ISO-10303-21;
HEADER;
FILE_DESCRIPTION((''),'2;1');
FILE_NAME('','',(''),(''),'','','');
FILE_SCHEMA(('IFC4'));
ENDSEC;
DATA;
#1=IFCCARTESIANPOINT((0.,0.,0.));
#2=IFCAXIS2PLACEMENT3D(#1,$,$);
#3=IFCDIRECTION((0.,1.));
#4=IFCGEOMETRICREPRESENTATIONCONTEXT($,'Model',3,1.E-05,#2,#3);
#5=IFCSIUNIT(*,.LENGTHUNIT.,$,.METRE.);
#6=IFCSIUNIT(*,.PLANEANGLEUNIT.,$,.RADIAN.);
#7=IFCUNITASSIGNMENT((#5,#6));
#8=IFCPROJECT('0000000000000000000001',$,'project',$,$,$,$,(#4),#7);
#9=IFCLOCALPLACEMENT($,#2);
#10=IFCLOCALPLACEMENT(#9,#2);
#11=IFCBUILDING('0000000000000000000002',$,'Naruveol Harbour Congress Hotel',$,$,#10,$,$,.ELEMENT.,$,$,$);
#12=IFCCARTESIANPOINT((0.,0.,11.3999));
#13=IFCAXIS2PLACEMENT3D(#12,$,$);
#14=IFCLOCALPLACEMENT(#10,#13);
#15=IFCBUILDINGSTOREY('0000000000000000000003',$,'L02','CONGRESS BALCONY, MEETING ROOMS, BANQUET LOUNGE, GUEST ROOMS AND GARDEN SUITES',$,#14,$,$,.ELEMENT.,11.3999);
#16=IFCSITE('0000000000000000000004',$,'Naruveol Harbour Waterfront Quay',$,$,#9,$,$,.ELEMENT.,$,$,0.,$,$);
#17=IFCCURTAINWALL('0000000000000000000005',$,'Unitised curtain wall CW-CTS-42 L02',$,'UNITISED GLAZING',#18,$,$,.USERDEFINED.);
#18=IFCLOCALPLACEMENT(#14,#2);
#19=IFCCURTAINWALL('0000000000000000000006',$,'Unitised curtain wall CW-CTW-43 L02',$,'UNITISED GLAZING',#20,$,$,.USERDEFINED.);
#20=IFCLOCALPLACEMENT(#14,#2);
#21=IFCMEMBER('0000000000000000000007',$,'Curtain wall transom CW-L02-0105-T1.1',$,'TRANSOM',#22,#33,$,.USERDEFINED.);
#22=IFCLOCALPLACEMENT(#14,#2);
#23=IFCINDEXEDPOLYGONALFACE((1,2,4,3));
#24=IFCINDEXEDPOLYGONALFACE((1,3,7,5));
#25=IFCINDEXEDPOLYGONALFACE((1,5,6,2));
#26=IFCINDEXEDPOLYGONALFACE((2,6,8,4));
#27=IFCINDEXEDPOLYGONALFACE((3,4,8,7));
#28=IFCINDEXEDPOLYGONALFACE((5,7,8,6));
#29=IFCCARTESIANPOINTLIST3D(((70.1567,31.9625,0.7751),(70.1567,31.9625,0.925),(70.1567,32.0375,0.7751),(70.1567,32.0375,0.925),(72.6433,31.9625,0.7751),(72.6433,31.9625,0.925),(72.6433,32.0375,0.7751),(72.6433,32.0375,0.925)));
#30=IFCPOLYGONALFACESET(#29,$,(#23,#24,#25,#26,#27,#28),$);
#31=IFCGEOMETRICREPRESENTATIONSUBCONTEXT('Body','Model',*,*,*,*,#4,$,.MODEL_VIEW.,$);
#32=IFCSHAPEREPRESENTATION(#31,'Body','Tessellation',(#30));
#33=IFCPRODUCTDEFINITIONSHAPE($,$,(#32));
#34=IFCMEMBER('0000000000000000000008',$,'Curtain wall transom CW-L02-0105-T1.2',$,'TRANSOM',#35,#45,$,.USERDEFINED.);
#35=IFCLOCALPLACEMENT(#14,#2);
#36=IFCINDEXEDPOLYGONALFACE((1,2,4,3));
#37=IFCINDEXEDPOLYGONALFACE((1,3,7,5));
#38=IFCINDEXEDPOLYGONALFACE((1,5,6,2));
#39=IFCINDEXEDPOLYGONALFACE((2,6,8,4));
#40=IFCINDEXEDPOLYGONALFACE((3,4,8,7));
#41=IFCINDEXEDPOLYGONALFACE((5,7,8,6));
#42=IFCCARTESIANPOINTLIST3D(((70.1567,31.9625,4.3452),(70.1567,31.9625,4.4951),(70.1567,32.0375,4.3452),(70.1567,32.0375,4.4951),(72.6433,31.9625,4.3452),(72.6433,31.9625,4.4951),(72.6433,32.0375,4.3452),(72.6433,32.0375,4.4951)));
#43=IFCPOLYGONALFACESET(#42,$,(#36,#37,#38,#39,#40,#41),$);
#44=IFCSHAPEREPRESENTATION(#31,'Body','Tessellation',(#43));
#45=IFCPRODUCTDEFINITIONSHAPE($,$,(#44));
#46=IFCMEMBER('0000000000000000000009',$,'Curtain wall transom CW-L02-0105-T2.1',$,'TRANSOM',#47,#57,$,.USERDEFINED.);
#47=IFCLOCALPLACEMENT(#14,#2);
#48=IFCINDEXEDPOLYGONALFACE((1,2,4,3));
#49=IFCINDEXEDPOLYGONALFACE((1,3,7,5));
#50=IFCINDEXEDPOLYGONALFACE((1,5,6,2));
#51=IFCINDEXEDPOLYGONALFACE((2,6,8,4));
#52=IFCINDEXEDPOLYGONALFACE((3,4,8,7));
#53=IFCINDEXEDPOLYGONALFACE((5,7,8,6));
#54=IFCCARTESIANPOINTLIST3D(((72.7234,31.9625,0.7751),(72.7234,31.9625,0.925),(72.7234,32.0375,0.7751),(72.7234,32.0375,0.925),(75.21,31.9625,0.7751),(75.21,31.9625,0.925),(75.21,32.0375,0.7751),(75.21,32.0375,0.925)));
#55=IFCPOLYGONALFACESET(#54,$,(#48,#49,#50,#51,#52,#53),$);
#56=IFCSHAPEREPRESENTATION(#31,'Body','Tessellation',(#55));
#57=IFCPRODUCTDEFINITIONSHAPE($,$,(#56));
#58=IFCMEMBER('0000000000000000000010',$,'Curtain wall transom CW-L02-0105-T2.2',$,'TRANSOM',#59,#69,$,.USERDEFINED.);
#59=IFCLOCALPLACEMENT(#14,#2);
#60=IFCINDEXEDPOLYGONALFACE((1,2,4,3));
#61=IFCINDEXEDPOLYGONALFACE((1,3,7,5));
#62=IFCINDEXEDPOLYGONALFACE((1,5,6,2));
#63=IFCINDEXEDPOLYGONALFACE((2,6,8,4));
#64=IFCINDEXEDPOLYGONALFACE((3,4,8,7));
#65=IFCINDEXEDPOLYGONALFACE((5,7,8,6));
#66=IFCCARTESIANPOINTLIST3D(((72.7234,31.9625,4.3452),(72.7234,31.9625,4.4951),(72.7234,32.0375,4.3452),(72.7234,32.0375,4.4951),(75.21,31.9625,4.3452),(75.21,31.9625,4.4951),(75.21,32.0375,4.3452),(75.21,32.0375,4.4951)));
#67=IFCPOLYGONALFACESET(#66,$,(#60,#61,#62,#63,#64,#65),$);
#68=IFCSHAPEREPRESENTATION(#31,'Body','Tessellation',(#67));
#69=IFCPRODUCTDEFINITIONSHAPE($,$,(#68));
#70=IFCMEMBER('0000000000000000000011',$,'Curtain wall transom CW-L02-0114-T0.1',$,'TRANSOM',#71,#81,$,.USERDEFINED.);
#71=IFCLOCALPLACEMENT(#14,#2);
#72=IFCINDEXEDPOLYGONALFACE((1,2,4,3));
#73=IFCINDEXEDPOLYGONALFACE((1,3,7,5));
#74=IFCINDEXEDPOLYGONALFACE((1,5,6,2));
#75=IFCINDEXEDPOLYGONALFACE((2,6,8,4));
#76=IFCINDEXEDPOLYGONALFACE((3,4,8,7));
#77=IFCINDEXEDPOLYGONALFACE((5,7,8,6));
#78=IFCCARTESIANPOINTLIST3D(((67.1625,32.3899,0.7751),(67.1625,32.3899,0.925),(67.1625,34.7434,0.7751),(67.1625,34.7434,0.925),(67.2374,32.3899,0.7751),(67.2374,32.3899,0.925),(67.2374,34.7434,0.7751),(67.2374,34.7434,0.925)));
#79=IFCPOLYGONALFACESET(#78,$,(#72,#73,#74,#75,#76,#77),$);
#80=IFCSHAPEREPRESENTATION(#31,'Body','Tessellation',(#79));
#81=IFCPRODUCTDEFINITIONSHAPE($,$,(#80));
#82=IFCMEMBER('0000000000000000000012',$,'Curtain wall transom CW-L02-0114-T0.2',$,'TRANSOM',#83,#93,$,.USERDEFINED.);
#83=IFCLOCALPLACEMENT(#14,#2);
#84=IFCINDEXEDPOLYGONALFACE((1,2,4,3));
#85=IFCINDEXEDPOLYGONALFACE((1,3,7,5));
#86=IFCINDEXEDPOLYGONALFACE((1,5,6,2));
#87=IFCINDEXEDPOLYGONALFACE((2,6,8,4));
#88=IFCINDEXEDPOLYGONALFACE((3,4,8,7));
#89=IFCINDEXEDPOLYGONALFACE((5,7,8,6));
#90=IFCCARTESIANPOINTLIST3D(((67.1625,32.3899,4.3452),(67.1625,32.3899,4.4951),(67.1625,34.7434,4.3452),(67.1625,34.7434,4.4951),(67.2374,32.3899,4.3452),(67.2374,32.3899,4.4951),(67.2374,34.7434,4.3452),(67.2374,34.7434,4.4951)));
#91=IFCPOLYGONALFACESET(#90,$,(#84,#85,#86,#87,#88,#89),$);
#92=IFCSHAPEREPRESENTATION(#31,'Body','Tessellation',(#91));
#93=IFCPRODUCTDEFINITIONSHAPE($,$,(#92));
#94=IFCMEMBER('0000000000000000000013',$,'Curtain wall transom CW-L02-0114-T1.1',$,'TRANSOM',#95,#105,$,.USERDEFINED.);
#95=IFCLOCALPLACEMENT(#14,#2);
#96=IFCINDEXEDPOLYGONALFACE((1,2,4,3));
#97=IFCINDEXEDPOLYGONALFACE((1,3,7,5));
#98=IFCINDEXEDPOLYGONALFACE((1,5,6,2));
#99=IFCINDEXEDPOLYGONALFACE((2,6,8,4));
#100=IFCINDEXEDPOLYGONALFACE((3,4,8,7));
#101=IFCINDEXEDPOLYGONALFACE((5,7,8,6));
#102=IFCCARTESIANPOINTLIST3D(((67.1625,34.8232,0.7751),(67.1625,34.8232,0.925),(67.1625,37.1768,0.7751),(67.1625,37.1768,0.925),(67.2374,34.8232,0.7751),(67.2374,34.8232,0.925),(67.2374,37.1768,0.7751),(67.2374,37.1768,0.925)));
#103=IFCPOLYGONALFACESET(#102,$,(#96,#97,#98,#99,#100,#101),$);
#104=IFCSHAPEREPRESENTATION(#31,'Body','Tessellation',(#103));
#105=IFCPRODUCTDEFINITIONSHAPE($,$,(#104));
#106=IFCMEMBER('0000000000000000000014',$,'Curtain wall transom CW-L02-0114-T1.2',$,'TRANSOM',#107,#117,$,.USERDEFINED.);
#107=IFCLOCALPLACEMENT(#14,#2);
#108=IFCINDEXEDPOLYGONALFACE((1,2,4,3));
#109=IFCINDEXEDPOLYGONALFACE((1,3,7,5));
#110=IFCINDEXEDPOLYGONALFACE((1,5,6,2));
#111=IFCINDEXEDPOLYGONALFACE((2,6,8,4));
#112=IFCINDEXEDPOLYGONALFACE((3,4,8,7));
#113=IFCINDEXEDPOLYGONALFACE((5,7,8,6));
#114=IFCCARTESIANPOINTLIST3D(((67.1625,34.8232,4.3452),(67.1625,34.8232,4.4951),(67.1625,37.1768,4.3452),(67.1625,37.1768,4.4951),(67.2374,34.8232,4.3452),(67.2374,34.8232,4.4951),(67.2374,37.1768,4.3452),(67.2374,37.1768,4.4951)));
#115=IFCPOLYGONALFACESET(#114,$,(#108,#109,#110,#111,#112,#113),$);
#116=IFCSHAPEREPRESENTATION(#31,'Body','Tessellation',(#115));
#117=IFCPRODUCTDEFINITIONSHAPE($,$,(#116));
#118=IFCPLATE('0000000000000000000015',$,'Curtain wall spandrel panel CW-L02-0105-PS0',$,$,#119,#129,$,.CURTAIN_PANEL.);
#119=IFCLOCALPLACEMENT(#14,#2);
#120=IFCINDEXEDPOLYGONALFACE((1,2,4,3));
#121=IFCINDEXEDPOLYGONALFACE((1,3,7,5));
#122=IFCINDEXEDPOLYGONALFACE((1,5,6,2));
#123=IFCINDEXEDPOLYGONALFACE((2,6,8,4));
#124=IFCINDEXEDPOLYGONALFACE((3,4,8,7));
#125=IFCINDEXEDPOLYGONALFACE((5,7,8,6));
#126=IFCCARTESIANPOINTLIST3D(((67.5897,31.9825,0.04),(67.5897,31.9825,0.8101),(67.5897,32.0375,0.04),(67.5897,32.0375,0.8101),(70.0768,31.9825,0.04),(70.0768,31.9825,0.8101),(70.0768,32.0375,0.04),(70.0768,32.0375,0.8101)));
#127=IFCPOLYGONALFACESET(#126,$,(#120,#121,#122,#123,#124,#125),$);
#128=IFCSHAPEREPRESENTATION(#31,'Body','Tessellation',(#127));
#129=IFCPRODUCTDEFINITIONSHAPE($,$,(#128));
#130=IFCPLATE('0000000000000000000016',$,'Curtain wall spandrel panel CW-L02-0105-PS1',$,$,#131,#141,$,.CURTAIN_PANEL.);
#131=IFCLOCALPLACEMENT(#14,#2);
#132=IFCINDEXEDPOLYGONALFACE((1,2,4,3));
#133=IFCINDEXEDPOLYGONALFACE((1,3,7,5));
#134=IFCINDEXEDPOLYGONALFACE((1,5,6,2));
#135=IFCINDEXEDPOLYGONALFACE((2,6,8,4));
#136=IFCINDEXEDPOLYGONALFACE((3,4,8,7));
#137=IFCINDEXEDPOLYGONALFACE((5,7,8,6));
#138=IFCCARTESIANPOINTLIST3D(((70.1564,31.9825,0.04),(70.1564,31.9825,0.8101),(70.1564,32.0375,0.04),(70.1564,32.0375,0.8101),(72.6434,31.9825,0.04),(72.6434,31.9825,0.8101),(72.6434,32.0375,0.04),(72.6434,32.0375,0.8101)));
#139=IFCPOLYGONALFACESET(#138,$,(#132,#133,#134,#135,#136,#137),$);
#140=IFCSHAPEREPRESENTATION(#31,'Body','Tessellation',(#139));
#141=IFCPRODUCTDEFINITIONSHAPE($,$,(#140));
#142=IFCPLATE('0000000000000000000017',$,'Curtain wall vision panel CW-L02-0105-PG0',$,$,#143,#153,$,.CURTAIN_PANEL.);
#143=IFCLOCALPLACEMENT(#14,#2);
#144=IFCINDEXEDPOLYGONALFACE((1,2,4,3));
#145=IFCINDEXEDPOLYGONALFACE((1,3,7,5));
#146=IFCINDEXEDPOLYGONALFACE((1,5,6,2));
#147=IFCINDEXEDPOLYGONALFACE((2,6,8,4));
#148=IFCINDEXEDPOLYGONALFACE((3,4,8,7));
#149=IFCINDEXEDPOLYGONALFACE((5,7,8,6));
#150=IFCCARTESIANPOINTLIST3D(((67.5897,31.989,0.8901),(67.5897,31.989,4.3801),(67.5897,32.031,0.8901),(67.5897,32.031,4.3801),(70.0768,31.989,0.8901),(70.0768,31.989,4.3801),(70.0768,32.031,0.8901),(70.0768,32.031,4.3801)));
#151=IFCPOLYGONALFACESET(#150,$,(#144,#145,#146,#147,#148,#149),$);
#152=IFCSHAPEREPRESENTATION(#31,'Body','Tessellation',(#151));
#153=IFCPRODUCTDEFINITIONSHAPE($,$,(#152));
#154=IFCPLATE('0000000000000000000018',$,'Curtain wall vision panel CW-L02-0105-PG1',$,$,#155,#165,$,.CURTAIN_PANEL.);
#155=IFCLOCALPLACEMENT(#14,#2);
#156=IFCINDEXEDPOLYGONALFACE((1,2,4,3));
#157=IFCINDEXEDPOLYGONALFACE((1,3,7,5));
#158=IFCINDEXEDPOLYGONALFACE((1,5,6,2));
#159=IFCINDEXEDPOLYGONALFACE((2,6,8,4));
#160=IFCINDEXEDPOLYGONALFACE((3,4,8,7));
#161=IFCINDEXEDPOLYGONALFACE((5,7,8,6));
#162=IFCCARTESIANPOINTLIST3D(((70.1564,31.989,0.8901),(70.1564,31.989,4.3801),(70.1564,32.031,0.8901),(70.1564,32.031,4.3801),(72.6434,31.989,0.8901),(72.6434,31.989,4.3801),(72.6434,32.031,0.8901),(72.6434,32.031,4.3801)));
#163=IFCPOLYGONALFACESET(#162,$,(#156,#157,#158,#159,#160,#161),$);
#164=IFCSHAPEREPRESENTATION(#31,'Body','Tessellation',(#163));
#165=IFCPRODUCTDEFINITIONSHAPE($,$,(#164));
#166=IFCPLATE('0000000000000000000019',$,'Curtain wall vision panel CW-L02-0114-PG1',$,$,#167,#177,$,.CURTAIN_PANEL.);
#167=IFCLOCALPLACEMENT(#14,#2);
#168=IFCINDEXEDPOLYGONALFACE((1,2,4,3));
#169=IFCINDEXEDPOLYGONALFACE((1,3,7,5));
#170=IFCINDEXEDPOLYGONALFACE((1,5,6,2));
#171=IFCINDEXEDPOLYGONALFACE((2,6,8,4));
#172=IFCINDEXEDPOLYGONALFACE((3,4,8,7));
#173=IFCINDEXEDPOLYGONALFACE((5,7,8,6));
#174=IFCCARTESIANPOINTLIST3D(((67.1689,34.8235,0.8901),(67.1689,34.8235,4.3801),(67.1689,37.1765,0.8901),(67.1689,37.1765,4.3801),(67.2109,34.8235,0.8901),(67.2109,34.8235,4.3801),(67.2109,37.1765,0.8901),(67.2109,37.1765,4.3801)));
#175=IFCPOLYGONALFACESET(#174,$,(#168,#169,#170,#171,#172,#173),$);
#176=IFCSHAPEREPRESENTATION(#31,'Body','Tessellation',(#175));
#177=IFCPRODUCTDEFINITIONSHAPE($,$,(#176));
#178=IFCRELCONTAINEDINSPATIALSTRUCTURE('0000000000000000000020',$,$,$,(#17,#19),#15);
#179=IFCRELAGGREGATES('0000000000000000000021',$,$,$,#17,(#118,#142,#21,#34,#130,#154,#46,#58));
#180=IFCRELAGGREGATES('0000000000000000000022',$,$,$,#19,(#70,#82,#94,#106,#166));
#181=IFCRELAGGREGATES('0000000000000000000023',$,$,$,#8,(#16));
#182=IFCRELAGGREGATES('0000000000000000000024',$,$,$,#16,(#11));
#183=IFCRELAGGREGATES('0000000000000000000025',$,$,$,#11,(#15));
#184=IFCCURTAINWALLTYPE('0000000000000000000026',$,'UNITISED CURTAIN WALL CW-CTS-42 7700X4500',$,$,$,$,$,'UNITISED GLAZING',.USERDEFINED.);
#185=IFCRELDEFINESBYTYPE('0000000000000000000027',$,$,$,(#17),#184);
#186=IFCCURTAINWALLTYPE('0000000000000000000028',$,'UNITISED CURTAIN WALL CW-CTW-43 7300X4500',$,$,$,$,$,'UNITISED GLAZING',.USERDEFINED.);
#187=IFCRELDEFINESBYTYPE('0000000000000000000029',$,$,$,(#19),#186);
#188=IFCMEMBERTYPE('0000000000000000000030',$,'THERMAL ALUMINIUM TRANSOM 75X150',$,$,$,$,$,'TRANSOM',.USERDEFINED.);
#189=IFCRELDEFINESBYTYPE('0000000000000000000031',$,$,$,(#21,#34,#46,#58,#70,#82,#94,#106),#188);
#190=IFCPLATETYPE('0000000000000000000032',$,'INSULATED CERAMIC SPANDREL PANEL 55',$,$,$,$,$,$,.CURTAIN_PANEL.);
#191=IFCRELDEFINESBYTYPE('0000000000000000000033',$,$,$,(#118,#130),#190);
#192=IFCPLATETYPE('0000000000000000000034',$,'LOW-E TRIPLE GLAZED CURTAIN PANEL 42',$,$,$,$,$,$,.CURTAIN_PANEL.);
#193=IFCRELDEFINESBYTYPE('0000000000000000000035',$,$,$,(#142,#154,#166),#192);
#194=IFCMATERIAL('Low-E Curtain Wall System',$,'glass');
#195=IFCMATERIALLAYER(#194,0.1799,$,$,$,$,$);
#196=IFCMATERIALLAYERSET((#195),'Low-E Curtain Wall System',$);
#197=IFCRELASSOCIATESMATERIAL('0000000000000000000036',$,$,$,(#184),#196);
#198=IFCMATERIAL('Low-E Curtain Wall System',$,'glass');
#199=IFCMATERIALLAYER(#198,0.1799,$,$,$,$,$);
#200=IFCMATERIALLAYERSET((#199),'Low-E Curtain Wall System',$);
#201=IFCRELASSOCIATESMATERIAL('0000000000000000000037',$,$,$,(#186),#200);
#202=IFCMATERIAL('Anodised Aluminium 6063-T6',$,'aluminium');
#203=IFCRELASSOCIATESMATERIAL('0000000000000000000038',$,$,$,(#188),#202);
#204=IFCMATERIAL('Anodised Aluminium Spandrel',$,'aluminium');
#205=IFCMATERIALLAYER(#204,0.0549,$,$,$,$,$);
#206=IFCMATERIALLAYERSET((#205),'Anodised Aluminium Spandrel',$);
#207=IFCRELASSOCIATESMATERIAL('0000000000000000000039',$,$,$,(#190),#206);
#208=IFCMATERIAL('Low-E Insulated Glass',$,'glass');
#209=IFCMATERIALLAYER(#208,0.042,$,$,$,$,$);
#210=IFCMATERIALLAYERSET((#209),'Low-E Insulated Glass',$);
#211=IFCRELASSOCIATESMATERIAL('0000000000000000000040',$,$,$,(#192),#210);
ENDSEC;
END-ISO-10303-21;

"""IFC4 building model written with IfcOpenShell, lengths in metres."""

from ifc_helpers import new_model, si_unit, direction, frame, origin, origin_2d, place, context, subcontext, project, spatial, rectangle, extrude, material, layer, layer_set, material_profile, profile_set, type_object, element, aggregate, save


model = new_model("IFC4")

# Units and contexts
model_context = context("Model", 3, precision=1e-05, world=origin(), true_north=direction((0.0, 1.0)))
body_context = subcontext(model_context, "Body", "Model", "MODEL_VIEW")
ifc_project = project(units=[si_unit("LENGTHUNIT", "METRE"), si_unit("PLANEANGLEUNIT", "RADIAN")], contexts=[model_context])

# Site, building, storey
site_placement = place(None, origin())
site = spatial("IfcSite", under=ifc_project, at=site_placement, Name="Naruveol Harbour Waterfront Quay", CompositionType="ELEMENT", RefElevation=0.0)
building_placement = place(site_placement, origin())
building = spatial("IfcBuilding", under=site, at=building_placement, Name="Naruveol Harbour Congress Hotel", CompositionType="ELEMENT")
storey_placement = place(building_placement, frame((0.0, 0.0, 11.3999)))
storey = spatial("IfcBuildingStorey", under=building, at=storey_placement, Name="L02", Description="CONGRESS BALCONY, MEETING ROOMS, BANQUET LOUNGE, GUEST ROOMS AND GARDEN SUITES", CompositionType="ELEMENT", Elevation=11.3999)

# Curtain walls
ifc_material_1 = material(Name="Low-E Curtain Wall System", Category="glass")
ifc_layer_1 = layer(ifc_material_1, 0.1799)
ifc_layer_set_1 = layer_set([ifc_layer_1], Name="Low-E Curtain Wall System")
curtain_wall_type_1 = type_object("IfcCurtainWallType", Name="UNITISED CURTAIN WALL CW-CTS-42 7700X4500", ElementType="UNITISED GLAZING", PredefinedType="USERDEFINED", material=ifc_layer_set_1)
curtain_wall_1_placement = place(storey_placement, origin())
curtain_wall_1 = element("IfcCurtainWall", 1, at=curtain_wall_1_placement, inside=storey, type_object=curtain_wall_type_1, Name="Unitised curtain wall CW-CTS-42 L02", ObjectType="UNITISED GLAZING", PredefinedType="USERDEFINED")
ifc_material_2 = material(Name="Low-E Curtain Wall System", Category="glass")
ifc_layer_2 = layer(ifc_material_2, 0.1799)
ifc_layer_set_2 = layer_set([ifc_layer_2], Name="Low-E Curtain Wall System")
curtain_wall_type_2 = type_object("IfcCurtainWallType", Name="UNITISED CURTAIN WALL CW-CTW-43 7300X4500", ElementType="UNITISED GLAZING", PredefinedType="USERDEFINED", material=ifc_layer_set_2)
curtain_wall_2_placement = place(storey_placement, origin())
curtain_wall_2 = element("IfcCurtainWall", 2, at=curtain_wall_2_placement, inside=storey, type_object=curtain_wall_type_2, Name="Unitised curtain wall CW-CTW-43 L02", ObjectType="UNITISED GLAZING", PredefinedType="USERDEFINED")

# Members
ifc_material_3 = material(Name="Anodised Aluminium 6063-T6", Category="aluminium")
ifc_material_profile_1 = material_profile(ifc_material_3, rectangle(XDim=0.075, YDim=0.1499, at=origin_2d()), Name="ALU-75x150")
ifc_profile_set_1 = profile_set([ifc_material_profile_1], Name="Anodised Aluminium 6063-T6")
member_type_1 = type_object("IfcMemberType", Name="THERMAL ALUMINIUM TRANSOM 75X150", ElementType="TRANSOM", PredefinedType="USERDEFINED", material=ifc_profile_set_1)
member_1_placement = place(storey_placement, frame((70.1567, 32.0, 0.8501), z_axis=(1.0, 0.0, 0.0), x_axis=(0.0, 1.0, 0.0)))
member_1 = element("IfcMember", 3, at=member_1_placement, type_object=member_type_1, Name="Curtain wall transom CW-L02-0105-T1.1", ObjectType="TRANSOM", PredefinedType="USERDEFINED", context=body_context, shape_type="SweptSolid", body=[
    extrude(rectangle(XDim=0.075, YDim=0.1499, at=origin_2d()), origin(), (0.0, 0.0, 1.0), 2.4866),
])
member_2_placement = place(storey_placement, frame((70.1567, 32.0, 4.4202), z_axis=(1.0, 0.0, 0.0), x_axis=(0.0, 1.0, 0.0)))
member_2 = element("IfcMember", 4, at=member_2_placement, type_object=member_type_1, Name="Curtain wall transom CW-L02-0105-T1.2", ObjectType="TRANSOM", PredefinedType="USERDEFINED", context=body_context, shape_type="SweptSolid", body=[
    extrude(rectangle(XDim=0.075, YDim=0.1499, at=origin_2d()), origin(), (0.0, 0.0, 1.0), 2.4866),
])
member_3_placement = place(storey_placement, frame((72.7234, 32.0, 0.8501), z_axis=(1.0, 0.0, 0.0), x_axis=(0.0, 1.0, 0.0)))
member_3 = element("IfcMember", 5, at=member_3_placement, type_object=member_type_1, Name="Curtain wall transom CW-L02-0105-T2.1", ObjectType="TRANSOM", PredefinedType="USERDEFINED", context=body_context, shape_type="SweptSolid", body=[
    extrude(rectangle(XDim=0.075, YDim=0.1499, at=origin_2d()), origin(), (0.0, 0.0, 1.0), 2.4866),
])
member_4_placement = place(storey_placement, frame((72.7234, 32.0, 4.4202), z_axis=(1.0, 0.0, 0.0), x_axis=(0.0, 1.0, 0.0)))
member_4 = element("IfcMember", 6, at=member_4_placement, type_object=member_type_1, Name="Curtain wall transom CW-L02-0105-T2.2", ObjectType="TRANSOM", PredefinedType="USERDEFINED", context=body_context, shape_type="SweptSolid", body=[
    extrude(rectangle(XDim=0.075, YDim=0.1499, at=origin_2d()), origin(), (0.0, 0.0, 1.0), 2.4866),
])
member_5_placement = place(storey_placement, frame((67.2, 32.3899, 0.8501), z_axis=(0.0, 1.0, 0.0), x_axis=(-1.0, 0.0, 0.0)))
member_5 = element("IfcMember", 7, at=member_5_placement, type_object=member_type_1, Name="Curtain wall transom CW-L02-0114-T0.1", ObjectType="TRANSOM", PredefinedType="USERDEFINED", context=body_context, shape_type="SweptSolid", body=[
    extrude(rectangle(XDim=0.075, YDim=0.1499, at=origin_2d()), origin(), (0.0, 0.0, 1.0), 2.3535),
])
member_6_placement = place(storey_placement, frame((67.2, 32.3899, 4.4202), z_axis=(0.0, 1.0, 0.0), x_axis=(-1.0, 0.0, 0.0)))
member_6 = element("IfcMember", 8, at=member_6_placement, type_object=member_type_1, Name="Curtain wall transom CW-L02-0114-T0.2", ObjectType="TRANSOM", PredefinedType="USERDEFINED", context=body_context, shape_type="SweptSolid", body=[
    extrude(rectangle(XDim=0.075, YDim=0.1499, at=origin_2d()), origin(), (0.0, 0.0, 1.0), 2.3535),
])
member_7_placement = place(storey_placement, frame((67.2, 34.8232, 0.8501), z_axis=(0.0, 1.0, 0.0), x_axis=(-1.0, 0.0, 0.0)))
member_7 = element("IfcMember", 9, at=member_7_placement, type_object=member_type_1, Name="Curtain wall transom CW-L02-0114-T1.1", ObjectType="TRANSOM", PredefinedType="USERDEFINED", context=body_context, shape_type="SweptSolid", body=[
    extrude(rectangle(XDim=0.075, YDim=0.1499, at=origin_2d()), origin(), (0.0, 0.0, 1.0), 2.3535),
])
member_8_placement = place(storey_placement, frame((67.2, 34.8232, 4.4202), z_axis=(0.0, 1.0, 0.0), x_axis=(-1.0, 0.0, 0.0)))
member_8 = element("IfcMember", 10, at=member_8_placement, type_object=member_type_1, Name="Curtain wall transom CW-L02-0114-T1.2", ObjectType="TRANSOM", PredefinedType="USERDEFINED", context=body_context, shape_type="SweptSolid", body=[
    extrude(rectangle(XDim=0.075, YDim=0.1499, at=origin_2d()), origin(), (0.0, 0.0, 1.0), 2.3535),
])

# Plates
ifc_material_4 = material(Name="Anodised Aluminium Spandrel", Category="aluminium")
ifc_layer_3 = layer(ifc_material_4, 0.0549)
ifc_layer_set_3 = layer_set([ifc_layer_3], Name="Anodised Aluminium Spandrel")
plate_type_1 = type_object("IfcPlateType", Name="INSULATED CERAMIC SPANDREL PANEL 55", PredefinedType="CURTAIN_PANEL", material=ifc_layer_set_3)
plate_1_placement = place(storey_placement, frame((68.8333, 32.01, 0.04), z_axis=(0.0, 0.0, 1.0), x_axis=(1.0, 0.0, 0.0)))
plate_1 = element("IfcPlate", 11, at=plate_1_placement, type_object=plate_type_1, Name="Curtain wall spandrel panel CW-L02-0105-PS0", PredefinedType="CURTAIN_PANEL", context=body_context, shape_type="SweptSolid", body=[
    extrude(rectangle(XDim=2.4871, YDim=0.0549, at=origin_2d()), origin(), (0.0, 0.0, 1.0), 0.77),
])
plate_2_placement = place(storey_placement, frame((71.3999, 32.01, 0.04), z_axis=(0.0, 0.0, 1.0), x_axis=(1.0, 0.0, 0.0)))
plate_2 = element("IfcPlate", 12, at=plate_2_placement, type_object=plate_type_1, Name="Curtain wall spandrel panel CW-L02-0105-PS1", PredefinedType="CURTAIN_PANEL", context=body_context, shape_type="SweptSolid", body=[
    extrude(rectangle(XDim=2.4871, YDim=0.0549, at=origin_2d()), origin(), (0.0, 0.0, 1.0), 0.77),
])
ifc_material_5 = material(Name="Low-E Insulated Glass", Category="glass")
ifc_layer_4 = layer(ifc_material_5, 0.042)
ifc_layer_set_4 = layer_set([ifc_layer_4], Name="Low-E Insulated Glass")
plate_type_2 = type_object("IfcPlateType", Name="LOW-E TRIPLE GLAZED CURTAIN PANEL 42", PredefinedType="CURTAIN_PANEL", material=ifc_layer_set_4)
plate_3_placement = place(storey_placement, frame((68.8333, 32.01, 0.8901), z_axis=(0.0, 0.0, 1.0), x_axis=(1.0, 0.0, 0.0)))
plate_3 = element("IfcPlate", 13, at=plate_3_placement, type_object=plate_type_2, Name="Curtain wall vision panel CW-L02-0105-PG0", PredefinedType="CURTAIN_PANEL", context=body_context, shape_type="SweptSolid", body=[
    extrude(rectangle(XDim=2.4871, YDim=0.042, at=origin_2d()), origin(), (0.0, 0.0, 1.0), 3.49),
])
plate_4_placement = place(storey_placement, frame((71.3999, 32.01, 0.8901), z_axis=(0.0, 0.0, 1.0), x_axis=(1.0, 0.0, 0.0)))
plate_4 = element("IfcPlate", 14, at=plate_4_placement, type_object=plate_type_2, Name="Curtain wall vision panel CW-L02-0105-PG1", PredefinedType="CURTAIN_PANEL", context=body_context, shape_type="SweptSolid", body=[
    extrude(rectangle(XDim=2.4871, YDim=0.042, at=origin_2d()), origin(), (0.0, 0.0, 1.0), 3.49),
])
aggregate(curtain_wall_1, [plate_1, plate_3, member_1, member_2, plate_2, plate_4, member_3, member_4])
plate_5_placement = place(storey_placement, frame((67.1899, 36.0, 0.8901), z_axis=(0.0, 0.0, 1.0), x_axis=(0.0, 1.0, 0.0)))
plate_5 = element("IfcPlate", 15, at=plate_5_placement, type_object=plate_type_2, Name="Curtain wall vision panel CW-L02-0114-PG1", PredefinedType="CURTAIN_PANEL", context=body_context, shape_type="SweptSolid", body=[
    extrude(rectangle(XDim=2.353, YDim=0.042, at=origin_2d()), origin(), (0.0, 0.0, 1.0), 3.49),
])
aggregate(curtain_wall_2, [member_5, member_6, member_7, member_8, plate_5])

save(model, "model.ifc")
